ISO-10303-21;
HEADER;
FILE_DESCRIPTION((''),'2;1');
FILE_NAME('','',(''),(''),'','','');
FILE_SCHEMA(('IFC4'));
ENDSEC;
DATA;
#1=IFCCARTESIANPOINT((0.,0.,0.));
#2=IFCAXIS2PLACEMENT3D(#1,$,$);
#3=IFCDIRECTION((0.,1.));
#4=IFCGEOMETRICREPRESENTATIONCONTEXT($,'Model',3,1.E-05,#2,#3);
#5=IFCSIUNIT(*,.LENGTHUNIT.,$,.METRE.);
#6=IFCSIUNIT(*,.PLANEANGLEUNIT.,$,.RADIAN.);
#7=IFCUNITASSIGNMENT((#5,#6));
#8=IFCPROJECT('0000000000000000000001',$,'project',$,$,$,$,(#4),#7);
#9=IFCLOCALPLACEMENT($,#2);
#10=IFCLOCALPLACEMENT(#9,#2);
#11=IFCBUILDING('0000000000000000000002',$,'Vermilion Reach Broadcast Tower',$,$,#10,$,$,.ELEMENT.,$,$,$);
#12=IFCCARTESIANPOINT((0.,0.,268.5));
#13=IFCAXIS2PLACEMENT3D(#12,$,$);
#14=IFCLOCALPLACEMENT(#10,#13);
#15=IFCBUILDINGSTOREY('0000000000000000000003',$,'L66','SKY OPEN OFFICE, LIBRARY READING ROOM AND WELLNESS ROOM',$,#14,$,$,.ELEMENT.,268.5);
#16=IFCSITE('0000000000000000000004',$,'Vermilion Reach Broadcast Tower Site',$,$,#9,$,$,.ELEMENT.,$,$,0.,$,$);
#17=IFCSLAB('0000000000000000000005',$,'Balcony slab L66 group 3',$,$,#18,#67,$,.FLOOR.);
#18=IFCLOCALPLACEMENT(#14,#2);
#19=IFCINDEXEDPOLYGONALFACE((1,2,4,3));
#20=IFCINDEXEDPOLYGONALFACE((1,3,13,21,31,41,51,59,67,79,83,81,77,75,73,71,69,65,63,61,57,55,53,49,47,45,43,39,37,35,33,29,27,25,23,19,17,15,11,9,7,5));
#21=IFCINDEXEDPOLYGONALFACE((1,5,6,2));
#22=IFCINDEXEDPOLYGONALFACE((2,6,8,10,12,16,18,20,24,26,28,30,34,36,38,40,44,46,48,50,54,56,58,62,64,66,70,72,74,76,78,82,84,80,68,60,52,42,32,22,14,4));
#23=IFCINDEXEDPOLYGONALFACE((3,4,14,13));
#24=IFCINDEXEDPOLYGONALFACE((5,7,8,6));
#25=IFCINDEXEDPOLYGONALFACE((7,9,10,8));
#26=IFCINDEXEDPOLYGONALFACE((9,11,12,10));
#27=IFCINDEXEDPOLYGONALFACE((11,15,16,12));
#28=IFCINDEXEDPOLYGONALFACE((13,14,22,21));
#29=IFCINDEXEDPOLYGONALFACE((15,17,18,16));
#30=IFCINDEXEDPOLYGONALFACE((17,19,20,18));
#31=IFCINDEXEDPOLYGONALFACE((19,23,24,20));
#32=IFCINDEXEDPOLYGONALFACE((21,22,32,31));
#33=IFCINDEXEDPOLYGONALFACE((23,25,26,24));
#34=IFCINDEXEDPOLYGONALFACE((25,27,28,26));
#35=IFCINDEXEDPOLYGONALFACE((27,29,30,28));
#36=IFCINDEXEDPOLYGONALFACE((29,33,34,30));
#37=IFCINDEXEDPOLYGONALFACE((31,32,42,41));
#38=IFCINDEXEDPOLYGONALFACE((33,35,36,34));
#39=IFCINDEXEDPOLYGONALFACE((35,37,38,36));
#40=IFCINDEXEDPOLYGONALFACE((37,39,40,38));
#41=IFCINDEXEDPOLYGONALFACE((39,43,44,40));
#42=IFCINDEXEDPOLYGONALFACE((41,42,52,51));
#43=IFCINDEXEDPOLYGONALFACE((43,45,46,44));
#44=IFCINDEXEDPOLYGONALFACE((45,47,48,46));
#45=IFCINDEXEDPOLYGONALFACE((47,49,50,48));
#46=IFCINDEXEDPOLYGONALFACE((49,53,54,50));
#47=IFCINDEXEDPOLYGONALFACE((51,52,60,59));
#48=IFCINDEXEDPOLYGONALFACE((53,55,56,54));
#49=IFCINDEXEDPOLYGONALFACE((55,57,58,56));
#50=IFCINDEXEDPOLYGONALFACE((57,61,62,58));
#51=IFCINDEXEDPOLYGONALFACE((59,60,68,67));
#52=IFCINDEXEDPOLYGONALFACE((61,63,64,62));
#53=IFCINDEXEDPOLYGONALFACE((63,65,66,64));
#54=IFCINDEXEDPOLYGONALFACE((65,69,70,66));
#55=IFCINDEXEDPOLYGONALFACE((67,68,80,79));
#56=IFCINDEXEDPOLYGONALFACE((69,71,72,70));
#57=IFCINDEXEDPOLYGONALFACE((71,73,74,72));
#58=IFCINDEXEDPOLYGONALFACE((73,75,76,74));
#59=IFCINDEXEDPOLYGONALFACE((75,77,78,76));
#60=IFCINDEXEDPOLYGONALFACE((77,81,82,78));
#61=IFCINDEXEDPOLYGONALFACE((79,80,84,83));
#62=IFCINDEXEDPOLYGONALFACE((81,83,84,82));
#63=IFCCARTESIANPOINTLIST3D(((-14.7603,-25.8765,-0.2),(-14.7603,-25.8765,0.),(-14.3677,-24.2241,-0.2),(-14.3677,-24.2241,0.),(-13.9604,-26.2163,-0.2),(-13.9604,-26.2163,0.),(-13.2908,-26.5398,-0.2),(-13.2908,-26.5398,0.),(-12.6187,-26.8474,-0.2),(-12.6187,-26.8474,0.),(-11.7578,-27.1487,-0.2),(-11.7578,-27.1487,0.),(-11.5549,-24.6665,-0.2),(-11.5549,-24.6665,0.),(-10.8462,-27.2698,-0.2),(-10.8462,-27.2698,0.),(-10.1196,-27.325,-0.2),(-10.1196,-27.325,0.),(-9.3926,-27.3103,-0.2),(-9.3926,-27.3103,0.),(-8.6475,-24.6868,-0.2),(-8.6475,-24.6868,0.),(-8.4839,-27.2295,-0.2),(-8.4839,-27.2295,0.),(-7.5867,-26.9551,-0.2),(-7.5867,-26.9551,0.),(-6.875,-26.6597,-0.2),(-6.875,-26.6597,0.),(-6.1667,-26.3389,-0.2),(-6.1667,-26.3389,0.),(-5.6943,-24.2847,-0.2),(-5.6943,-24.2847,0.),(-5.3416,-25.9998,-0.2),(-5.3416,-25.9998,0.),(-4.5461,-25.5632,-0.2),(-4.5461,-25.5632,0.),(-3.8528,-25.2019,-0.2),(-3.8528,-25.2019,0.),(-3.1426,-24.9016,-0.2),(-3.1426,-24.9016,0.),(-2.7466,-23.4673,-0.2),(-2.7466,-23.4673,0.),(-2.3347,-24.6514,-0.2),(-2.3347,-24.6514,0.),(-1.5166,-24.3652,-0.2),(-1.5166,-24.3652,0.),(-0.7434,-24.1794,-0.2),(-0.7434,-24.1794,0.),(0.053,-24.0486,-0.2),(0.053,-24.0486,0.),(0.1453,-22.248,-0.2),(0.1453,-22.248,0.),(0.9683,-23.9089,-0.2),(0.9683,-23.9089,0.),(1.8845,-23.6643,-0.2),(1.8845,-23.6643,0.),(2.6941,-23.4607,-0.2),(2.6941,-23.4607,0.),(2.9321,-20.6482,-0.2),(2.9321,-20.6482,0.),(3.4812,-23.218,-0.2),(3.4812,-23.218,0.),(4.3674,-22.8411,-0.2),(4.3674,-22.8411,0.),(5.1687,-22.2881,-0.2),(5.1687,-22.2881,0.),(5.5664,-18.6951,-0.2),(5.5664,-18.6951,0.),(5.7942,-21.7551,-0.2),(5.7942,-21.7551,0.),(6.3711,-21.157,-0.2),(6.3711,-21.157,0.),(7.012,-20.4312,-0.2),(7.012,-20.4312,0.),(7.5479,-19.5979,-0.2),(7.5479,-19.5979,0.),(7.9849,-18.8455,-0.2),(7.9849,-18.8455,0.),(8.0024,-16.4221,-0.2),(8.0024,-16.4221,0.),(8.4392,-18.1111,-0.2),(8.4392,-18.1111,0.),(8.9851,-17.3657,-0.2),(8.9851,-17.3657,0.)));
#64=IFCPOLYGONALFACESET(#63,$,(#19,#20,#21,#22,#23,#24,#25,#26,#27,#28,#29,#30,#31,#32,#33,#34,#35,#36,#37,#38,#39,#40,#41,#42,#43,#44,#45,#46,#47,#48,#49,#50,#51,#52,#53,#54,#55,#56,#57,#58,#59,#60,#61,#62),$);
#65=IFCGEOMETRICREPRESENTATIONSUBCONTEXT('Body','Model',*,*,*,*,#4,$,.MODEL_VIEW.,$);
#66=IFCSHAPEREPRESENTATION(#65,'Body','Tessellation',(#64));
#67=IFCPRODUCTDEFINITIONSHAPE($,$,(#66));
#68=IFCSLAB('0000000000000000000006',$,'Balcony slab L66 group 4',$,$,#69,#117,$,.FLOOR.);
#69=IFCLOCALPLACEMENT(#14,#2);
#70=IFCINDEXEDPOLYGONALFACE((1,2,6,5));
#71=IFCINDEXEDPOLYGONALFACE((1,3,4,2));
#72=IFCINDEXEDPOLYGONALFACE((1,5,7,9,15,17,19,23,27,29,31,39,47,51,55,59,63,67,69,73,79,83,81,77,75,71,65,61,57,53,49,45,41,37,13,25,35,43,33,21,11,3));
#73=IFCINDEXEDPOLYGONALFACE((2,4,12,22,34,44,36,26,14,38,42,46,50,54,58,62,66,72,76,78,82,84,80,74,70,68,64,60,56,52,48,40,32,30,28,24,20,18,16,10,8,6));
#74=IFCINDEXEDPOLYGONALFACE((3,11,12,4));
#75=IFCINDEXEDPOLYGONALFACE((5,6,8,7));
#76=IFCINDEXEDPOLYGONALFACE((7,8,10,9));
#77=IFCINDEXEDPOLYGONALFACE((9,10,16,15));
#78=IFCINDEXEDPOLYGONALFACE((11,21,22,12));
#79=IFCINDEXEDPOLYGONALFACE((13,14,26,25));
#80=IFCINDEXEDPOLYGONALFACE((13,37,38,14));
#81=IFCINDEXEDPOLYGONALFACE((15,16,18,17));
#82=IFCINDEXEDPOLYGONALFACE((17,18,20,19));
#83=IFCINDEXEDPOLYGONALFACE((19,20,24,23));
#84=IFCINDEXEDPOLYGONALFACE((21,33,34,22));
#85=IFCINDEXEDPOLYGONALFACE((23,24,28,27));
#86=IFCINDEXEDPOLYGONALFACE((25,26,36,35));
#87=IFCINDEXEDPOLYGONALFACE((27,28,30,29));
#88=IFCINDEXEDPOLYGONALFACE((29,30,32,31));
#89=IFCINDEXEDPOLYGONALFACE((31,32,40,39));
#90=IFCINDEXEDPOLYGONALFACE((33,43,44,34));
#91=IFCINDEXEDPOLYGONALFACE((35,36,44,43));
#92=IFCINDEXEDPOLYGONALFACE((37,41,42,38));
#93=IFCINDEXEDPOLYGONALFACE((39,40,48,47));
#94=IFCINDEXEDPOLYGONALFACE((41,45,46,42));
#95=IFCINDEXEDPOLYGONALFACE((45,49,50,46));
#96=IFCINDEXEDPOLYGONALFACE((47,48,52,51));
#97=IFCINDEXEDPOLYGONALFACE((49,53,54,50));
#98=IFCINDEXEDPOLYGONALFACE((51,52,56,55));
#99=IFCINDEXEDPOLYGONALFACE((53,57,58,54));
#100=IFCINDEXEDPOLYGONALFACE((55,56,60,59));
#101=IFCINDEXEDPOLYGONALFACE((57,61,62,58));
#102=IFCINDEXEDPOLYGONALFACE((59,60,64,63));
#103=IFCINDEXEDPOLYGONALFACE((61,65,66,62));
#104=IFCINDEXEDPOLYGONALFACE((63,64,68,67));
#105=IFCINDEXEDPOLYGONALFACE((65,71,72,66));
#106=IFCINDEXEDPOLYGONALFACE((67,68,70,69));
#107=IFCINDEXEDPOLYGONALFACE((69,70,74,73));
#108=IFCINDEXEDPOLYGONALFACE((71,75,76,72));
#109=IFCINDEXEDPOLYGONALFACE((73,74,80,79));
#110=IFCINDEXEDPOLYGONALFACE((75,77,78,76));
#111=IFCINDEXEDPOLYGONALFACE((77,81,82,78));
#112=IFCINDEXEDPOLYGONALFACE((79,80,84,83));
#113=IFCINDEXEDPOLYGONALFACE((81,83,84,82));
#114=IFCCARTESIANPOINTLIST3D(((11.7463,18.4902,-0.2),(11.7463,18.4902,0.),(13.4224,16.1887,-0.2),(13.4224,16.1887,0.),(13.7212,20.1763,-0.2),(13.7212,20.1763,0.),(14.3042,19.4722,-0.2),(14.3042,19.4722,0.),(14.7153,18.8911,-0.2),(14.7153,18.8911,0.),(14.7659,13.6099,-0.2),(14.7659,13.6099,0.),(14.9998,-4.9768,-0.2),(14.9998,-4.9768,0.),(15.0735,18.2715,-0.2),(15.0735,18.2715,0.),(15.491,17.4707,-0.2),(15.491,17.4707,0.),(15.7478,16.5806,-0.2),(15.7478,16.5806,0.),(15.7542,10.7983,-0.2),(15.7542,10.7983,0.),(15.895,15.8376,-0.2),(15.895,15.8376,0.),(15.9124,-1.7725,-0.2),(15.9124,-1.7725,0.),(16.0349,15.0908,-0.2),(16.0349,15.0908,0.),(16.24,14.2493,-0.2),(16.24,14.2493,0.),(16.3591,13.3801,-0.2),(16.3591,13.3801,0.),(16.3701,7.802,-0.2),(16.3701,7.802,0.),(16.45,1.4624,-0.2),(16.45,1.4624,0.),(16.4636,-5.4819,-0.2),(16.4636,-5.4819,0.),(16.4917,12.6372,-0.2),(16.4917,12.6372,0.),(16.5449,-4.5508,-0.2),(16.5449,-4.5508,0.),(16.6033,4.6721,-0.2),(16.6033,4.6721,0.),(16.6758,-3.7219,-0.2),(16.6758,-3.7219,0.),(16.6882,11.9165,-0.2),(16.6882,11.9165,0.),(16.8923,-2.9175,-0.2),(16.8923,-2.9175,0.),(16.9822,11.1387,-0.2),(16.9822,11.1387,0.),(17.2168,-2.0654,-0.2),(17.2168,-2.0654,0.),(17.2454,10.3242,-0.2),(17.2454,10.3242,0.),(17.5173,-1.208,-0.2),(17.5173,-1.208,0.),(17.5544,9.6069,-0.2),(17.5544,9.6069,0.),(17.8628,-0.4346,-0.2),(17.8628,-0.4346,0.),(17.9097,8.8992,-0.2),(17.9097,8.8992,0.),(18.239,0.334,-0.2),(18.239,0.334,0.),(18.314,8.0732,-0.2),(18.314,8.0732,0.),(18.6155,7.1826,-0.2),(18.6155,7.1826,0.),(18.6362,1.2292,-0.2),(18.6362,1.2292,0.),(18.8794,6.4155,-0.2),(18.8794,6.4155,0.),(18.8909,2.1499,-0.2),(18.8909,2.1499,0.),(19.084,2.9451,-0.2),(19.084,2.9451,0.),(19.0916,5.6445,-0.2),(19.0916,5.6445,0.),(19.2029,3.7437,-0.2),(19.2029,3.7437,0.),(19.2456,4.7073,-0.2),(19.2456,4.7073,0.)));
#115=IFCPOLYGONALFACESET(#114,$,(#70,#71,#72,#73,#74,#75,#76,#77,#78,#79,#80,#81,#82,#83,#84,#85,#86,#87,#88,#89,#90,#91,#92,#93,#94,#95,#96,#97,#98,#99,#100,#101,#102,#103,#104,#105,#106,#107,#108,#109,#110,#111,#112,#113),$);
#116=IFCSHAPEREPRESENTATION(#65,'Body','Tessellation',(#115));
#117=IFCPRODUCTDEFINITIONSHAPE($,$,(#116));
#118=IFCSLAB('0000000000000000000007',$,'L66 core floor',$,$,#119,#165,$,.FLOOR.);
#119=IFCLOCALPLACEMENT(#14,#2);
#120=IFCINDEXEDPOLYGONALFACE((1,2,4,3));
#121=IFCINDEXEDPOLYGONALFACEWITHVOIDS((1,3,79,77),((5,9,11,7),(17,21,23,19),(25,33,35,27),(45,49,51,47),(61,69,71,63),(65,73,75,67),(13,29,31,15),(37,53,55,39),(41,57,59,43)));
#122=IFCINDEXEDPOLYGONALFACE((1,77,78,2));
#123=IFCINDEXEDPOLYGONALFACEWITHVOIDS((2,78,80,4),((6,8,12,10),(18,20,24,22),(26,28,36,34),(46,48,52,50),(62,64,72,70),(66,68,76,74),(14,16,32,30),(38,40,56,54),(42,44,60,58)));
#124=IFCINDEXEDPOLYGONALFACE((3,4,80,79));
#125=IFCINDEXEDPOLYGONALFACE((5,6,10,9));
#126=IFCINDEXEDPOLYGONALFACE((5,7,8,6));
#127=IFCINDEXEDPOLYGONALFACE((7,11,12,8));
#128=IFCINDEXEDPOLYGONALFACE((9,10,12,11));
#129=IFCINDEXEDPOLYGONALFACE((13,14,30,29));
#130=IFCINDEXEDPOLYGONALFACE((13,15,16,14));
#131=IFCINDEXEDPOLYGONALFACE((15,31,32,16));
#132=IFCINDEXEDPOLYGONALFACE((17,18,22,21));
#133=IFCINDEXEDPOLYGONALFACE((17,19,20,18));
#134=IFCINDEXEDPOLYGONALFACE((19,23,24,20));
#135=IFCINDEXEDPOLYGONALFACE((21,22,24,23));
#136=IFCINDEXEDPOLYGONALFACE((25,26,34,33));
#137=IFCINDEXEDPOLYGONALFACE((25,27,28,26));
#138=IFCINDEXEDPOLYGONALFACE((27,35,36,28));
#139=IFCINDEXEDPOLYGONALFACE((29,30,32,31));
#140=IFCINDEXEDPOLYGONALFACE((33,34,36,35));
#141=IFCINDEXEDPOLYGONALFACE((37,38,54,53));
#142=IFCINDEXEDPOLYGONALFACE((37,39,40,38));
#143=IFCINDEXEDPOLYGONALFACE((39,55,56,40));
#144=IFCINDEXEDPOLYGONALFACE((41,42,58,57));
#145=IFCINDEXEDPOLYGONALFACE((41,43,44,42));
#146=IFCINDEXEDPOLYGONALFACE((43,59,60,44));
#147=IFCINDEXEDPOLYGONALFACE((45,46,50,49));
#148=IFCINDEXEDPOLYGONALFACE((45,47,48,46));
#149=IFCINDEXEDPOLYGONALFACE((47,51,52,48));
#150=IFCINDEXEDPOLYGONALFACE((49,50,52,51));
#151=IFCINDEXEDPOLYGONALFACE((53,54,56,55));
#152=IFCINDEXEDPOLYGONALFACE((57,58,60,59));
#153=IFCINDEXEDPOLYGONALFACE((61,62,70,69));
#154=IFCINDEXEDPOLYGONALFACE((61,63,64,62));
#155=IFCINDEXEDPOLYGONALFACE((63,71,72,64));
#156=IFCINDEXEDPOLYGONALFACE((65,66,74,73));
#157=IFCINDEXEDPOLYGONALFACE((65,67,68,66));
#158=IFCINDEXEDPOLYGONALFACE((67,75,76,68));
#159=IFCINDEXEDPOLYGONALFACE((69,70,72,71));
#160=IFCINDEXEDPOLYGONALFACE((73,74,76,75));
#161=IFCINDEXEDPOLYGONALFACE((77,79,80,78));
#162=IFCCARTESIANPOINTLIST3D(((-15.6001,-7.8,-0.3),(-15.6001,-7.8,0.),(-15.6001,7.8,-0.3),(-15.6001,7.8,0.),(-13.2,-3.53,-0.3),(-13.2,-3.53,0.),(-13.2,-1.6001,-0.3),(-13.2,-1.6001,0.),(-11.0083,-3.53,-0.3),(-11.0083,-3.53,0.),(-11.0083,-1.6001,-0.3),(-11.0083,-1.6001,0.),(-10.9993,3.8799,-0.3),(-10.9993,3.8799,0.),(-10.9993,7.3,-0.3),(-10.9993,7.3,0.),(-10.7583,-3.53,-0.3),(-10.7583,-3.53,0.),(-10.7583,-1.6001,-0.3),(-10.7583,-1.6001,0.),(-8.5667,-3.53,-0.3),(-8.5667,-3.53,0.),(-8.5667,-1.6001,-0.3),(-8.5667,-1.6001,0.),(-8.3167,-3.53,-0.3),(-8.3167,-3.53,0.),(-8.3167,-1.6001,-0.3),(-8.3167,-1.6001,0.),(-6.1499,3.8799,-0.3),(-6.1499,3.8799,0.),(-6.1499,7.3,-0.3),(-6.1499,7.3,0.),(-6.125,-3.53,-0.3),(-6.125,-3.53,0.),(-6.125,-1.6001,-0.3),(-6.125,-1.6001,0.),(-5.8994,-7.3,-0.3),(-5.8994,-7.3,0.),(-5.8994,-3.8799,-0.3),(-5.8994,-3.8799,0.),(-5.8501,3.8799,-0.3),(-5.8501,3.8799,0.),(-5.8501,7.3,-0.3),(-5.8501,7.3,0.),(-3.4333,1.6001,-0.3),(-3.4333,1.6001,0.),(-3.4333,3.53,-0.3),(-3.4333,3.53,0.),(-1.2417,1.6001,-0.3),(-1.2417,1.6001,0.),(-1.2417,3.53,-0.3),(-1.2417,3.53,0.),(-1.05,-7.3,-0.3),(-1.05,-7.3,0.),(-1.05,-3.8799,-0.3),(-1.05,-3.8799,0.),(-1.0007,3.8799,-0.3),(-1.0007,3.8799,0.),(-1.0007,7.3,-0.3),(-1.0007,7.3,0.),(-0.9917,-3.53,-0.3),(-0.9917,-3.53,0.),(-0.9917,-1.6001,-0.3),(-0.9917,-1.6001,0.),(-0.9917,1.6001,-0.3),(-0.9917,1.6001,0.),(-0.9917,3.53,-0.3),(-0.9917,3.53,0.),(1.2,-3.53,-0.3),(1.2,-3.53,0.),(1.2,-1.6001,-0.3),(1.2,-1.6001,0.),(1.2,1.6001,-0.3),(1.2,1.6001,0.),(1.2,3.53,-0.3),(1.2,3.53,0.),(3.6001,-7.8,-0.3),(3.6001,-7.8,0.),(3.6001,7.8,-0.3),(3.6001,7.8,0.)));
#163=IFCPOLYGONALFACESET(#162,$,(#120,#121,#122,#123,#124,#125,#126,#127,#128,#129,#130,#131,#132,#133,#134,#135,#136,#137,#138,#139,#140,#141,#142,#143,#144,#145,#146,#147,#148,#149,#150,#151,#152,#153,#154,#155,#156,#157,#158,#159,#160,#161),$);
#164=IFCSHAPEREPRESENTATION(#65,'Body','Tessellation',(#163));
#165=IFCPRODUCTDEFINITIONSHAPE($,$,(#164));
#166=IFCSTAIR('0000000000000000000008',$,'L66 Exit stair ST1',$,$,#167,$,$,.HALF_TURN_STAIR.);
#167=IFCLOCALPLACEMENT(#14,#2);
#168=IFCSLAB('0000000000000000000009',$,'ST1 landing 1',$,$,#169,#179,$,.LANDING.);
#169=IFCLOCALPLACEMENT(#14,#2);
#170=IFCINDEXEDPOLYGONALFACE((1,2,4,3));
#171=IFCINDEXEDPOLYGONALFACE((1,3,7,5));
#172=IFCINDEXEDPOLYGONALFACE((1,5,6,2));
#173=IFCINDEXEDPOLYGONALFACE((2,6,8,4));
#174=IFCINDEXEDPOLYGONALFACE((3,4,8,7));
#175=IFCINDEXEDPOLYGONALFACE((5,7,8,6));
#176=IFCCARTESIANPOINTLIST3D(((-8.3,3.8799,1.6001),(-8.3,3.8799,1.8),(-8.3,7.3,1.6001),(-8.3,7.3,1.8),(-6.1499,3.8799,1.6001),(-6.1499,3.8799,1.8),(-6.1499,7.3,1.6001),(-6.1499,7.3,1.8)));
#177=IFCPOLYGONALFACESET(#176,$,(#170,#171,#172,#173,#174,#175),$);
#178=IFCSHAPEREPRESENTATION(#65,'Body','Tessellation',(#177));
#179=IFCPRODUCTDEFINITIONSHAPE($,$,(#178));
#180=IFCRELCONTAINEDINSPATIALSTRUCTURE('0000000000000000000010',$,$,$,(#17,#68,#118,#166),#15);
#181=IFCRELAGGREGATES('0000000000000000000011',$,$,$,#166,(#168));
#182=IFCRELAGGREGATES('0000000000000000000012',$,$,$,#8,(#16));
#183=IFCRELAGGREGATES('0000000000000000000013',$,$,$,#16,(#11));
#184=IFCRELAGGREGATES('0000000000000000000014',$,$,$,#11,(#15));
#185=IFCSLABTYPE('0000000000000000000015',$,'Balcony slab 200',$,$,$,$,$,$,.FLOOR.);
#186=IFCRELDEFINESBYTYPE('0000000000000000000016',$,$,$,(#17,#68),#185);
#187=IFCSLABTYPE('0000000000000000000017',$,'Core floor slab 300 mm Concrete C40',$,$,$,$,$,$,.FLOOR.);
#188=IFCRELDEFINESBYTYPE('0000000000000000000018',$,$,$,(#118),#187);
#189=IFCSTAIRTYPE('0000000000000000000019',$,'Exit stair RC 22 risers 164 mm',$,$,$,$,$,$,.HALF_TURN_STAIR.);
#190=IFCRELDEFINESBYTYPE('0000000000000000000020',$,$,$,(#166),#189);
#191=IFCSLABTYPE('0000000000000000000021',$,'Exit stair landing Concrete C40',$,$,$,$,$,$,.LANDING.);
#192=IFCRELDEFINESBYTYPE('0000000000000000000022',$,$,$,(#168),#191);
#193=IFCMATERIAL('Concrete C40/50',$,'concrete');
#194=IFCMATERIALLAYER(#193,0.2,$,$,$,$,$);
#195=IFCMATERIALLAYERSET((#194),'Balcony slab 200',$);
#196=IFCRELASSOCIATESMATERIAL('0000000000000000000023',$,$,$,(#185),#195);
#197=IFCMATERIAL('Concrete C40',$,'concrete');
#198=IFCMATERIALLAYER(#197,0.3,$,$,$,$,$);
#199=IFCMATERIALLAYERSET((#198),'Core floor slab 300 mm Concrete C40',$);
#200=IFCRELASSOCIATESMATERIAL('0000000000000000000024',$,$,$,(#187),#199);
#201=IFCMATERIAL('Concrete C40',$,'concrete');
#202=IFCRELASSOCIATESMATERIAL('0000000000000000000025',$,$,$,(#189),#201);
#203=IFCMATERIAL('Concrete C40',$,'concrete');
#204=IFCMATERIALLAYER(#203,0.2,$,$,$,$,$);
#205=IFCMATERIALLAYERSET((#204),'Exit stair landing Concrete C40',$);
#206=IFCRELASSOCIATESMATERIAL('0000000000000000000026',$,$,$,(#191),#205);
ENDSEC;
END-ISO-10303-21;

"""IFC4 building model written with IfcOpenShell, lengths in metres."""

from ifc_helpers import new_model, si_unit, direction, frame, origin, place, context, subcontext, project, spatial, polyline, outline, extrude, material, layer, layer_set, type_object, element, aggregate, save


model = new_model("IFC4")

# Units and contexts
model_context = context("Model", 3, precision=1e-05, world=origin(), true_north=direction((0.0, 1.0)))
body_context = subcontext(model_context, "Body", "Model", "MODEL_VIEW")
ifc_project = project(units=[si_unit("LENGTHUNIT", "METRE"), si_unit("PLANEANGLEUNIT", "RADIAN")], contexts=[model_context])

# Site, building, storey
site_placement = place(None, origin())
site = spatial("IfcSite", under=ifc_project, at=site_placement, Name="Vermilion Reach Broadcast Tower Site", CompositionType="ELEMENT", RefElevation=0.0)
building_placement = place(site_placement, origin())
building = spatial("IfcBuilding", under=site, at=building_placement, Name="Vermilion Reach Broadcast Tower", CompositionType="ELEMENT")
storey_placement = place(building_placement, frame((0.0, 0.0, 268.5)))
storey = spatial("IfcBuildingStorey", under=building, at=storey_placement, Name="L66", Description="SKY OPEN OFFICE, LIBRARY READING ROOM AND WELLNESS ROOM", CompositionType="ELEMENT", Elevation=268.5)

# Slabs
ifc_material_1 = material(Name="Concrete C40/50", Category="concrete")
ifc_layer_1 = layer(ifc_material_1, 0.2)
ifc_layer_set_1 = layer_set([ifc_layer_1], Name="Balcony slab 200")
slab_type_1 = type_object("IfcSlabType", Name="Balcony slab 200", PredefinedType="FLOOR", material=ifc_layer_set_1)
placement_1 = place(storey_placement, frame((0.0, 0.0, -0.2)))
element("IfcSlab", 1, at=placement_1, inside=storey, type_object=slab_type_1, Name="Balcony slab L66 group 3", PredefinedType="FLOOR", context=body_context, shape_type="SweptSolid", body=[
    extrude(outline(polyline([(-14.3677, -24.2241), (-11.5549, -24.6665), (-8.6475, -24.6868), (-5.6943, -24.2847), (-2.7466, -23.4673), (0.1453, -22.248), (2.9321, -20.6482), (5.5664, -18.6951), (8.0024, -16.4221), (8.9851, -17.3657), (8.4392, -18.1111), (7.9849, -18.8455), (7.5479, -19.5979), (7.012, -20.4312), (6.3711, -21.157), (5.7942, -21.7551), (5.1687, -22.2881), (4.3674, -22.8411), (3.4812, -23.218), (2.6941, -23.4607), (1.8845, -23.6643), (0.9683, -23.9089), (0.053, -24.0486), (-0.7434, -24.1794), (-1.5166, -24.3652), (-2.3347, -24.6514), (-3.1426, -24.9016), (-3.8528, -25.2019), (-4.5461, -25.5632), (-5.3416, -25.9998), (-6.1667, -26.3389), (-6.875, -26.6597), (-7.5867, -26.9551), (-8.4839, -27.2295), (-9.3926, -27.3103), (-10.1196, -27.325), (-10.8462, -27.2698), (-11.7578, -27.1487), (-12.6187, -26.8474), (-13.2908, -26.5398), (-13.9604, -26.2163), (-14.7603, -25.8765), (-14.3677, -24.2241)])), origin(), (0.0, 0.0, 1.0), 0.2),
])
element("IfcSlab", 2, at=placement_1, inside=storey, type_object=slab_type_1, Name="Balcony slab L66 group 4", PredefinedType="FLOOR", context=body_context, shape_type="SweptSolid", body=[
    extrude(outline(polyline([(14.9998, -4.9768), (15.9124, -1.7725), (16.45, 1.4624), (16.6033, 4.6721), (16.3701, 7.802), (15.7542, 10.7983), (14.7659, 13.6099), (13.4224, 16.1887), (11.7463, 18.4902), (13.7212, 20.1763), (14.3042, 19.4722), (14.7153, 18.8911), (15.0735, 18.2715), (15.491, 17.4707), (15.7478, 16.5806), (15.895, 15.8376), (16.0349, 15.0908), (16.24, 14.2493), (16.3591, 13.3801), (16.4917, 12.6372), (16.6882, 11.9165), (16.9822, 11.1387), (17.2454, 10.3242), (17.5544, 9.6069), (17.9097, 8.8992), (18.314, 8.0732), (18.6155, 7.1826), (18.8794, 6.4155), (19.0916, 5.6445), (19.2456, 4.7073), (19.2029, 3.7437), (19.084, 2.9451), (18.8909, 2.1499), (18.6362, 1.2292), (18.239, 0.334), (17.8628, -0.4346), (17.5173, -1.208), (17.2168, -2.0654), (16.8923, -2.9175), (16.6758, -3.7219), (16.5449, -4.5508), (16.4636, -5.4819), (14.9998, -4.9768)])), origin(), (0.0, 0.0, 1.0), 0.2),
])
ifc_material_2 = material(Name="Concrete C40", Category="concrete")
ifc_layer_2 = layer(ifc_material_2, 0.3)
ifc_layer_set_2 = layer_set([ifc_layer_2], Name="Core floor slab 300 mm Concrete C40")
slab_type_2 = type_object("IfcSlabType", Name="Core floor slab 300 mm Concrete C40", PredefinedType="FLOOR", material=ifc_layer_set_2)
slab_1_placement = place(storey_placement, frame((0.0, 0.0, -0.3)))
element("IfcSlab", 3, at=slab_1_placement, inside=storey, type_object=slab_type_2, Name="L66 core floor", PredefinedType="FLOOR", context=body_context, shape_type="SweptSolid", body=[
    extrude(outline(polyline([(-15.6001, -7.8), (3.6001, -7.8), (3.6001, 7.8), (-15.6001, 7.8), (-15.6001, -7.8)]), holes=[polyline([(-3.4333, 1.6001), (-1.2417, 1.6001), (-1.2417, 3.53), (-3.4333, 3.53), (-3.4333, 1.6001)]), polyline([(-0.9917, 1.6001), (1.2, 1.6001), (1.2, 3.53), (-0.9917, 3.53), (-0.9917, 1.6001)]), polyline([(-13.2, -3.53), (-11.0083, -3.53), (-11.0083, -1.6001), (-13.2, -1.6001), (-13.2, -3.53)]), polyline([(-10.7583, -3.53), (-8.5667, -3.53), (-8.5667, -1.6001), (-10.7583, -1.6001), (-10.7583, -3.53)]), polyline([(-8.3167, -3.53), (-6.125, -3.53), (-6.125, -1.6001), (-8.3167, -1.6001), (-8.3167, -3.53)]), polyline([(-0.9917, -3.53), (1.2, -3.53), (1.2, -1.6001), (-0.9917, -1.6001), (-0.9917, -3.53)]), polyline([(-10.9993, 3.8799), (-6.1499, 3.8799), (-6.1499, 7.3), (-10.9993, 7.3), (-10.9993, 3.8799)]), polyline([(-1.0007, 7.3), (-5.8501, 7.3), (-5.8501, 3.8799), (-1.0007, 3.8799), (-1.0007, 7.3)]), polyline([(-5.8994, -7.3), (-1.05, -7.3), (-1.05, -3.8799), (-5.8994, -3.8799), (-5.8994, -7.3)])]), origin(), (0.0, 0.0, 1.0), 0.3),
])

# Stair, slab
ifc_material_3 = material(Name="Concrete C40", Category="concrete")
stair_type = type_object("IfcStairType", Name="Exit stair RC 22 risers 164 mm", PredefinedType="HALF_TURN_STAIR", material=ifc_material_3)
placement_2 = place(storey_placement, origin())
stair_1 = element("IfcStair", 4, at=placement_2, inside=storey, type_object=stair_type, Name="L66 Exit stair ST1", PredefinedType="HALF_TURN_STAIR")
ifc_material_4 = material(Name="Concrete C40", Category="concrete")
ifc_layer_3 = layer(ifc_material_4, 0.2)
ifc_layer_set_3 = layer_set([ifc_layer_3], Name="Exit stair landing Concrete C40")
slab_type_3 = type_object("IfcSlabType", Name="Exit stair landing Concrete C40", PredefinedType="LANDING", material=ifc_layer_set_3)
placement_3 = place(storey_placement, frame((0.0, 0.0, 1.6001)))
slab_2 = element("IfcSlab", 5, at=placement_3, type_object=slab_type_3, Name="ST1 landing 1", PredefinedType="LANDING", context=body_context, shape_type="SweptSolid", body=[
    extrude(outline(polyline([(-8.3, 3.8799), (-6.1499, 3.8799), (-6.1499, 7.3), (-8.3, 7.3), (-8.3, 3.8799)])), origin(), (0.0, 0.0, 1.0), 0.2),
])
aggregate(stair_1, [slab_2])

save(model, "model.ifc")
